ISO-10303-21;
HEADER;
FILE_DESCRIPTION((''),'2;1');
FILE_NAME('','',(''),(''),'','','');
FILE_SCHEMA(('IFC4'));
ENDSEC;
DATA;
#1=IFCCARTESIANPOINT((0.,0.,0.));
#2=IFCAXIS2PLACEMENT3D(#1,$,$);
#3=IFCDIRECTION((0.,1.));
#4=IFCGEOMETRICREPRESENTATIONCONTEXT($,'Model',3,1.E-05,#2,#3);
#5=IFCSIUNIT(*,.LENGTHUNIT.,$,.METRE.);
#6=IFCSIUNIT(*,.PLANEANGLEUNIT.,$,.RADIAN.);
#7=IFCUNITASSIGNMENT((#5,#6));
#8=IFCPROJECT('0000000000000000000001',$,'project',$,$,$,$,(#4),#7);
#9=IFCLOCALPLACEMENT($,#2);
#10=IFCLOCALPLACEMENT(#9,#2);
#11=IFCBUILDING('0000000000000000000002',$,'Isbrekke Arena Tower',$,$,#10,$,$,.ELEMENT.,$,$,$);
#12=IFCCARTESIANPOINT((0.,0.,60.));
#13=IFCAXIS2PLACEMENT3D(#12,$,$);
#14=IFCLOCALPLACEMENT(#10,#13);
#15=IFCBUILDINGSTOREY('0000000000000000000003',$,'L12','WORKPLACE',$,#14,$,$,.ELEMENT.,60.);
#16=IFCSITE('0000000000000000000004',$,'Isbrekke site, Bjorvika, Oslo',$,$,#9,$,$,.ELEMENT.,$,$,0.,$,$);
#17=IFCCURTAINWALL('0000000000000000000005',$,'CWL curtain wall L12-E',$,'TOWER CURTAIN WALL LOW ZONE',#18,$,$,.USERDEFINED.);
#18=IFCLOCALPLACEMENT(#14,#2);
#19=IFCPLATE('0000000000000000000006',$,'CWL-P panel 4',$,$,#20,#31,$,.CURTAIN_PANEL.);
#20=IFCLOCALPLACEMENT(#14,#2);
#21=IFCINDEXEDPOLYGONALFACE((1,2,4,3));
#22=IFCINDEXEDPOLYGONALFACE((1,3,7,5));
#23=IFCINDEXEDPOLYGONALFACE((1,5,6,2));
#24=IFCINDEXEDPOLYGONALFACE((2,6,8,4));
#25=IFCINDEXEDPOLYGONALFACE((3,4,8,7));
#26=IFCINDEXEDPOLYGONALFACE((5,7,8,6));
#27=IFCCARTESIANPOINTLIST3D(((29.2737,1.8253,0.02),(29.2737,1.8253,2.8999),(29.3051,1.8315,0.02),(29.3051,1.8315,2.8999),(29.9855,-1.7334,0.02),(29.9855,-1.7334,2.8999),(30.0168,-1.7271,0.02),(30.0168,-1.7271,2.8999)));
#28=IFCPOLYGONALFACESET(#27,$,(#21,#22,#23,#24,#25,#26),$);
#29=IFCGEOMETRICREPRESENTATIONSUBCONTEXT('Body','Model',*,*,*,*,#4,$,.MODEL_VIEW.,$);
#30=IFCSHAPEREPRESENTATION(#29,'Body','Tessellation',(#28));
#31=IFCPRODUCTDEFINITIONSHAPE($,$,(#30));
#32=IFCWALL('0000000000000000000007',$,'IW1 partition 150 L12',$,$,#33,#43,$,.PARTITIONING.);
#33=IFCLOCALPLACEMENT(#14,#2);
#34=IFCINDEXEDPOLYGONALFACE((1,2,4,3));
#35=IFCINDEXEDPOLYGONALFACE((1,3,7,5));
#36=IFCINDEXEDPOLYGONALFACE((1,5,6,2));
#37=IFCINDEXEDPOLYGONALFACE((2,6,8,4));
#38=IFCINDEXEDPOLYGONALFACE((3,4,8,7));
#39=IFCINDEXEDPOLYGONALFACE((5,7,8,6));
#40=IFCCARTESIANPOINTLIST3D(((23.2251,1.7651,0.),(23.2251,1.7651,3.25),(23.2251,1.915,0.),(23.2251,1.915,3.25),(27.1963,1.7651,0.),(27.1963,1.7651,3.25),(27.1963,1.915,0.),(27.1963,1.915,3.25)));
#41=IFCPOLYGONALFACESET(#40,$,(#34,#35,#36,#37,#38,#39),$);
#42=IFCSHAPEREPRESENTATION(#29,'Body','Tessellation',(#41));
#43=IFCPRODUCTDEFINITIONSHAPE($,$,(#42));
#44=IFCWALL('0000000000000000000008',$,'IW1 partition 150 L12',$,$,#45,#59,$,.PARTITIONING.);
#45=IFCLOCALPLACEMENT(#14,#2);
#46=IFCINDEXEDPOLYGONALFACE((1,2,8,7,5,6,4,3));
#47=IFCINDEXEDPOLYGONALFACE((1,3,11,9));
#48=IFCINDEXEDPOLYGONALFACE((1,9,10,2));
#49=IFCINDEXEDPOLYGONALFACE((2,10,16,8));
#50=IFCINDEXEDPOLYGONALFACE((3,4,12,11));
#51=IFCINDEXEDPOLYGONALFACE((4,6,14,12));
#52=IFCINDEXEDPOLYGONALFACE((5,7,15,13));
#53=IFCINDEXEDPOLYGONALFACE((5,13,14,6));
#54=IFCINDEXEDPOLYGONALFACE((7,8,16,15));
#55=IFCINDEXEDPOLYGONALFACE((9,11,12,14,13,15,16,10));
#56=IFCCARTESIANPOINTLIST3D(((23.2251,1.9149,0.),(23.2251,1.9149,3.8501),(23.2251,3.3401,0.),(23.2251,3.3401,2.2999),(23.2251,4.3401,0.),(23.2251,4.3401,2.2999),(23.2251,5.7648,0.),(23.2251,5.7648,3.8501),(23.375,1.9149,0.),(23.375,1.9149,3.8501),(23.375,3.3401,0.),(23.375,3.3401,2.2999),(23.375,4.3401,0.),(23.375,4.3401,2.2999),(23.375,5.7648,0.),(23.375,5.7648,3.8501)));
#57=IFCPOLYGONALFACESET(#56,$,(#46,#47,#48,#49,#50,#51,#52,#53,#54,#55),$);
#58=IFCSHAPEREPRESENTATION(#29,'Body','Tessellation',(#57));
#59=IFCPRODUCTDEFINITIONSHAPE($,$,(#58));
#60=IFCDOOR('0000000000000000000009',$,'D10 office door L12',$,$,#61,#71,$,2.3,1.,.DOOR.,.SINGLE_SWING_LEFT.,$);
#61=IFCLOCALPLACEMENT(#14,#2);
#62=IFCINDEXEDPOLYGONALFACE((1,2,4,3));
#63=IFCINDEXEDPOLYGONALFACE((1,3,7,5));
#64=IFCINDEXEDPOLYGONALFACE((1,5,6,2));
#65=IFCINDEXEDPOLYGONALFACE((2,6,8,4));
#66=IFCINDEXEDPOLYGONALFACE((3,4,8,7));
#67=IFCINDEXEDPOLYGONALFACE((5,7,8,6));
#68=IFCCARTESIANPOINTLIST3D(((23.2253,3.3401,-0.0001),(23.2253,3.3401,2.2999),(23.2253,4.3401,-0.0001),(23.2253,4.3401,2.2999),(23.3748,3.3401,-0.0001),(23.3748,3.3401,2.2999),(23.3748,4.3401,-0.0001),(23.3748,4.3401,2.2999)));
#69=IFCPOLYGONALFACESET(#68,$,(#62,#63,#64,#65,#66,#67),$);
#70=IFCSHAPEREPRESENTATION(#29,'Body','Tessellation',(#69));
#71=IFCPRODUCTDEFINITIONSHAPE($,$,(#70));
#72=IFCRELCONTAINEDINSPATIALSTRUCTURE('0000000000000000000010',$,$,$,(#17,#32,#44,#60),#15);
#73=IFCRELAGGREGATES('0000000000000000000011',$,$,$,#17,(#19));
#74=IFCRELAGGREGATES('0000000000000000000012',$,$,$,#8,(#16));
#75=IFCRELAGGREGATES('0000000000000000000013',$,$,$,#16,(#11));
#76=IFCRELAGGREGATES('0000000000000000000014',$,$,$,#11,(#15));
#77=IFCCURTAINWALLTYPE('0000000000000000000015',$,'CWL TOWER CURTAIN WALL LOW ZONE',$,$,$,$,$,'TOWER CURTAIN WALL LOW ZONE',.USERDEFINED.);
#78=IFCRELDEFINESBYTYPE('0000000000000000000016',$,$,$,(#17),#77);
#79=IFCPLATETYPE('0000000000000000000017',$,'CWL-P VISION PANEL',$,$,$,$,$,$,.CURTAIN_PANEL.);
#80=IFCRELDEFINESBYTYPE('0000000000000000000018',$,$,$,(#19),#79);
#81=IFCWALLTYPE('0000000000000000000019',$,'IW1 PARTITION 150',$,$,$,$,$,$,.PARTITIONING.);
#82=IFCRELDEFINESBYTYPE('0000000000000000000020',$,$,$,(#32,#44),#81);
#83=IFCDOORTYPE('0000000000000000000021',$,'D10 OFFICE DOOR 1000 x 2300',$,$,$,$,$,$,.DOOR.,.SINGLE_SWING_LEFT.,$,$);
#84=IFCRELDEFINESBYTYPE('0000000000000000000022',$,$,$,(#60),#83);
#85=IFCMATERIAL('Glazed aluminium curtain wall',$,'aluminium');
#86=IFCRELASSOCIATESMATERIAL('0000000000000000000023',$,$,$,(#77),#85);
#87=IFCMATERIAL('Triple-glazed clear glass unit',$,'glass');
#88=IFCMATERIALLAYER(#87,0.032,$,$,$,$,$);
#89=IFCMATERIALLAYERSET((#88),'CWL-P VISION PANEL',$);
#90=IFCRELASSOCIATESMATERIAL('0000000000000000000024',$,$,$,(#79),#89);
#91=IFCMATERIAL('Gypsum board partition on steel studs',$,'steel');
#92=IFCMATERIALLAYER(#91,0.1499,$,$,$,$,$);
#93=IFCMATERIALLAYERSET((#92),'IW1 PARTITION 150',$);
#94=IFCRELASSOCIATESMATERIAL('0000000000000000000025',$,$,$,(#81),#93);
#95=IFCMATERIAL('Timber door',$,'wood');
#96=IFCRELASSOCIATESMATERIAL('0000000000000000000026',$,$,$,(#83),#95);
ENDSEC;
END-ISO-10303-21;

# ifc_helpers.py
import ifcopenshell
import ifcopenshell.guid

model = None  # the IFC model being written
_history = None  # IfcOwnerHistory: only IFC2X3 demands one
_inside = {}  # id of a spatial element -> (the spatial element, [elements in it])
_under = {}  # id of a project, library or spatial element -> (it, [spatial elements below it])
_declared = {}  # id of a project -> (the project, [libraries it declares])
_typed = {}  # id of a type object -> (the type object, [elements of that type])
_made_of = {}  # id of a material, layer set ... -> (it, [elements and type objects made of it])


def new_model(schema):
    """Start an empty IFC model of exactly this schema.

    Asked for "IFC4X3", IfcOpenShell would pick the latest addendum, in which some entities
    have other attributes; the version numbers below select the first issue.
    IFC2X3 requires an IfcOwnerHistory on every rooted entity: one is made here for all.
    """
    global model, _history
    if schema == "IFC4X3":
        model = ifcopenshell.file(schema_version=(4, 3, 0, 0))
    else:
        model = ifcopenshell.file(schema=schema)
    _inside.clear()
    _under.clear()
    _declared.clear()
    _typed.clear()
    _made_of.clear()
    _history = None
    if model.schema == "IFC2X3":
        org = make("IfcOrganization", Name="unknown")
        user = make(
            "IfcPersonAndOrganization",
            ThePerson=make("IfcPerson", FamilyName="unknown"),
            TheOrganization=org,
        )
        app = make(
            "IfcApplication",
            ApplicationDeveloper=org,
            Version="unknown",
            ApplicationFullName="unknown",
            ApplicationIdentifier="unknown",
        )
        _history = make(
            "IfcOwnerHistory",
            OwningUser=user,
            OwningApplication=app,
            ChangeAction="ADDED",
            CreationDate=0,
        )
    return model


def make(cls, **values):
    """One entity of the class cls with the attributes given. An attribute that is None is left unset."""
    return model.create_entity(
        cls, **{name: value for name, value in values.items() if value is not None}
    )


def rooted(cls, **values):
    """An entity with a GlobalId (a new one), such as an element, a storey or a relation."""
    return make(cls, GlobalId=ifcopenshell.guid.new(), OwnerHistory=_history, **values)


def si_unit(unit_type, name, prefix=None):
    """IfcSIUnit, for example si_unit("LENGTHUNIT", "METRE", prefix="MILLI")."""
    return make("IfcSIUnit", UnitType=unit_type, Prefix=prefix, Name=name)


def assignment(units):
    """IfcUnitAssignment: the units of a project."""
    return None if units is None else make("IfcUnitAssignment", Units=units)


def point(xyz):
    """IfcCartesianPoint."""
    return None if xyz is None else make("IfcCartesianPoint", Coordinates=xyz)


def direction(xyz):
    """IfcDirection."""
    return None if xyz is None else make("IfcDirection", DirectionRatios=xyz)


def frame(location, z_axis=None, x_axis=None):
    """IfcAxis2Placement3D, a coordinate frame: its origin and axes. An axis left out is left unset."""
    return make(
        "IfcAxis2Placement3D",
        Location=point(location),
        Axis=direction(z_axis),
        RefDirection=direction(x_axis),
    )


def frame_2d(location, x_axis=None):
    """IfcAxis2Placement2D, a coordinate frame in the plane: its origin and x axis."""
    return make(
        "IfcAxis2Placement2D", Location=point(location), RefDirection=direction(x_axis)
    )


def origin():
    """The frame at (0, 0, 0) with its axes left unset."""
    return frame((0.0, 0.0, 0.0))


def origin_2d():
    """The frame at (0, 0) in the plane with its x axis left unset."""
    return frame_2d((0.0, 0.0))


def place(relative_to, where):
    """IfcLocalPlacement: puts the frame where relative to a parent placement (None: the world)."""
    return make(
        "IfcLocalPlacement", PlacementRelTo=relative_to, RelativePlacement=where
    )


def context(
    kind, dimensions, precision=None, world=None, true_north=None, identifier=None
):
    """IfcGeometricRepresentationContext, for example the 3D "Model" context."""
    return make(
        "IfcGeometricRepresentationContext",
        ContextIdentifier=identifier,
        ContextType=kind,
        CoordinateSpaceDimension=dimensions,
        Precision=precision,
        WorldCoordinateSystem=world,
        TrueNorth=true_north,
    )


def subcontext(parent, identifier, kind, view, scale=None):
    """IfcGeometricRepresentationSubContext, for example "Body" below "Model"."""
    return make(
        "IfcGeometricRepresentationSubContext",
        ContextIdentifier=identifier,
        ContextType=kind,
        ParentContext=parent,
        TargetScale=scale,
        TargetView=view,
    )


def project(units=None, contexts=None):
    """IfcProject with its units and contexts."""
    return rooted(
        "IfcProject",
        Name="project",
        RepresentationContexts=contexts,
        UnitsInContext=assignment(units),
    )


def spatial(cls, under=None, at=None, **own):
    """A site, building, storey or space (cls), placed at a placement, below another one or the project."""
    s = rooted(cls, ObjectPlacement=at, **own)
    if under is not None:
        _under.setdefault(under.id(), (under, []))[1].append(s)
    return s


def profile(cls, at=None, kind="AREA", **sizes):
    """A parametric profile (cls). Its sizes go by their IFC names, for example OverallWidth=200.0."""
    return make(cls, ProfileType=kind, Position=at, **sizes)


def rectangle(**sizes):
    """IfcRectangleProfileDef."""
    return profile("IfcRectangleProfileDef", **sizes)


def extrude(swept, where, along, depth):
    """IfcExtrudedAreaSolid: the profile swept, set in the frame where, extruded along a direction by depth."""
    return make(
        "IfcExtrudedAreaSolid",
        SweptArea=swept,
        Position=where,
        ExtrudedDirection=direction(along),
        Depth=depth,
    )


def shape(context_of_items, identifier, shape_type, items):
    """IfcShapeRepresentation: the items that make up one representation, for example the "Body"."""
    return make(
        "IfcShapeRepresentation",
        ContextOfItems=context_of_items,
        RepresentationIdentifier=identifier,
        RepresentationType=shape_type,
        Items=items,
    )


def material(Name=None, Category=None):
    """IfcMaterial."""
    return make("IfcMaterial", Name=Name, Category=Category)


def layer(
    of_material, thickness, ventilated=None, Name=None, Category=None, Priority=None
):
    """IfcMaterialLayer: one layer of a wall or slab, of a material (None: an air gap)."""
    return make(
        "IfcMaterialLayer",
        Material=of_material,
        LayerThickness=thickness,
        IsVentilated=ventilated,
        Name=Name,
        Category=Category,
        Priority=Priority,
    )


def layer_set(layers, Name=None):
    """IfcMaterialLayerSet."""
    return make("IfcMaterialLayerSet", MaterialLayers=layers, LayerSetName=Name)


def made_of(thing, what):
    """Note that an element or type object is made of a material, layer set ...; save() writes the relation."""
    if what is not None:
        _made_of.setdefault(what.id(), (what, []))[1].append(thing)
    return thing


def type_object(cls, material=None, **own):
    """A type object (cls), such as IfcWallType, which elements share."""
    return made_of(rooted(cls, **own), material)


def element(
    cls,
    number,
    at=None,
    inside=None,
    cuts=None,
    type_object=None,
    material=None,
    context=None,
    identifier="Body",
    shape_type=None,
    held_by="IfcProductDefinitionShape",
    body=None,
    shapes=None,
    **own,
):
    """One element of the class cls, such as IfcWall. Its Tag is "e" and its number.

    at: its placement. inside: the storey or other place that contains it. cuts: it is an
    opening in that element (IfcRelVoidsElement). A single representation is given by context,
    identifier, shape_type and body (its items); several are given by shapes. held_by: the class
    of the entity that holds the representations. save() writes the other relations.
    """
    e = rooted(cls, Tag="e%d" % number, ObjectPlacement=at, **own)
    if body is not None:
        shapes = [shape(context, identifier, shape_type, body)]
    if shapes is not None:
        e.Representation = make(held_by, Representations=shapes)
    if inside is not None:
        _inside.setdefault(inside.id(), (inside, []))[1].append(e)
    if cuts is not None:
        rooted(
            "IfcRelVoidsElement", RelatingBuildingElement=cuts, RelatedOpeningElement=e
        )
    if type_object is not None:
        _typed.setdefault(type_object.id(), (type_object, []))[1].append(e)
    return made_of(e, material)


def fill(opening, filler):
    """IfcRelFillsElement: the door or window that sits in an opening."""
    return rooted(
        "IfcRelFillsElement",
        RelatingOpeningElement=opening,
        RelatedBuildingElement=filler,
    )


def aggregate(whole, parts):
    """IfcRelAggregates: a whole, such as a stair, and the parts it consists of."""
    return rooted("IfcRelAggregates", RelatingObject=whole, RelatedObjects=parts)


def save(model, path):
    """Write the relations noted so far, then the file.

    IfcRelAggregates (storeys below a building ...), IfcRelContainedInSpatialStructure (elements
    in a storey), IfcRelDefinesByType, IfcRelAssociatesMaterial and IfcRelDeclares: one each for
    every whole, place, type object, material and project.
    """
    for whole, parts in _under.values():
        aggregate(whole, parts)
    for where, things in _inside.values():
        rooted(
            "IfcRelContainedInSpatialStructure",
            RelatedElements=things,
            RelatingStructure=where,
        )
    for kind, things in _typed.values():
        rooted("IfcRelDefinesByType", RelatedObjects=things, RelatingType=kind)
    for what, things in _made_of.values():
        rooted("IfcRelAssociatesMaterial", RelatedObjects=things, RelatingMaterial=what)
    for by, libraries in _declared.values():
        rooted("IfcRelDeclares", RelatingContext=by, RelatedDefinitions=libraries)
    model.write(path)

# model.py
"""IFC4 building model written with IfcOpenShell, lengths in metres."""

from ifc_helpers import new_model, si_unit, direction, frame, frame_2d, origin, origin_2d, place, context, subcontext, project, spatial, rectangle, extrude, material, layer, layer_set, type_object, element, fill, aggregate, save


model = new_model("IFC4")

# Units and contexts
model_context = context("Model", 3, precision=1e-05, world=origin(), true_north=direction((0.0, 1.0)))
body_context = subcontext(model_context, "Body", "Model", "MODEL_VIEW")
ifc_project = project(units=[si_unit("LENGTHUNIT", "METRE"), si_unit("PLANEANGLEUNIT", "RADIAN")], contexts=[model_context])

# Site, building, storey
site_placement = place(None, origin())
site = spatial("IfcSite", under=ifc_project, at=site_placement, Name="Isbrekke site, Bjorvika, Oslo", CompositionType="ELEMENT", RefElevation=0.0)
building_placement = place(site_placement, origin())
building = spatial("IfcBuilding", under=site, at=building_placement, Name="Isbrekke Arena Tower", CompositionType="ELEMENT")
storey_placement = place(building_placement, frame((0.0, 0.0, 60.0)))
storey = spatial("IfcBuildingStorey", under=building, at=storey_placement, Name="L12", Description="WORKPLACE", CompositionType="ELEMENT", Elevation=60.0)

# Curtain wall
ifc_material_1 = material(Name="Glazed aluminium curtain wall", Category="aluminium")
curtain_wall_type = type_object("IfcCurtainWallType", Name="CWL TOWER CURTAIN WALL LOW ZONE", ElementType="TOWER CURTAIN WALL LOW ZONE", PredefinedType="USERDEFINED", material=ifc_material_1)
curtain_wall_placement = place(storey_placement, origin())
curtain_wall = element("IfcCurtainWall", 1, at=curtain_wall_placement, inside=storey, type_object=curtain_wall_type, Name="CWL curtain wall L12-E", ObjectType="TOWER CURTAIN WALL LOW ZONE", PredefinedType="USERDEFINED")

# Plate
ifc_material_2 = material(Name="Triple-glazed clear glass unit", Category="glass")
ifc_layer_1 = layer(ifc_material_2, 0.032)
ifc_layer_set_1 = layer_set([ifc_layer_1], Name="CWL-P VISION PANEL")
plate_type = type_object("IfcPlateType", Name="CWL-P VISION PANEL", PredefinedType="CURTAIN_PANEL", material=ifc_layer_set_1)
plate_1_placement = place(storey_placement, frame((29.6453, 0.0491, 0.02), z_axis=(0.0, 0.0, 1.0), x_axis=(-0.196116, 0.980581, 0.0)))
plate_1 = element("IfcPlate", 2, at=plate_1_placement, type_object=plate_type, Name="CWL-P panel 4", PredefinedType="CURTAIN_PANEL", context=body_context, shape_type="SweptSolid", body=[
    extrude(rectangle(XDim=3.6292, YDim=0.032, at=origin_2d()), origin(), (0.0, 0.0, 1.0), 2.8799),
])
aggregate(curtain_wall, [plate_1])

# Wall
ifc_material_3 = material(Name="Gypsum board partition on steel studs", Category="steel")
ifc_layer_2 = layer(ifc_material_3, 0.1499)
ifc_layer_set_2 = layer_set([ifc_layer_2], Name="IW1 PARTITION 150")
wall_type = type_object("IfcWallType", Name="IW1 PARTITION 150", PredefinedType="PARTITIONING", material=ifc_layer_set_2)
wall_1_placement = place(storey_placement, frame((23.2251, 1.8401, 0.0), z_axis=(0.0, 0.0, 1.0), x_axis=(1.0, 0.0, 0.0)))
element("IfcWall", 3, at=wall_1_placement, inside=storey, type_object=wall_type, Name="IW1 partition 150 L12", PredefinedType="PARTITIONING", context=body_context, shape_type="SweptSolid", body=[
    extrude(rectangle(XDim=3.9712, YDim=0.1499, at=frame_2d((1.9856, 0.0))), origin(), (0.0, 0.0, 1.0), 3.25),
])

# Wall, opening, door
wall_2_placement = place(storey_placement, frame((23.3, 1.915, 0.0), z_axis=(0.0, 0.0, 1.0), x_axis=(0.0, 1.0, 0.0)))
wall_2 = element("IfcWall", 4, at=wall_2_placement, inside=storey, type_object=wall_type, Name="IW1 partition 150 L12", PredefinedType="PARTITIONING", context=body_context, shape_type="SweptSolid", body=[
    extrude(rectangle(XDim=3.8499, YDim=0.1499, at=frame_2d((1.9248, 0.0))), origin(), (0.0, 0.0, 1.0), 3.8501),
])
opening_placement = place(wall_2_placement, frame((1.425, 0.0, 0.0)))
opening = element("IfcOpeningElement", 5, at=opening_placement, cuts=wall_2, PredefinedType="OPENING", context=body_context, shape_type="SweptSolid", body=[
    extrude(rectangle(XDim=1.0, YDim=2.3, at=frame_2d((0.5, 1.1499))), frame((0.0, 0.0898, 0.0), z_axis=(0.0, -1.0, 0.0), x_axis=(1.0, 0.0, 0.0)), (0.0, 0.0, 1.0), 0.1797),
])
ifc_material_4 = material(Name="Timber door", Category="wood")
door_type = type_object("IfcDoorType", Name="D10 OFFICE DOOR 1000 x 2300", OperationType="SINGLE_SWING_LEFT", PredefinedType="DOOR", material=ifc_material_4)
door_placement = place(opening_placement, origin())
door = element("IfcDoor", 6, at=door_placement, inside=storey, type_object=door_type, Name="D10 office door L12", OperationType="SINGLE_SWING_LEFT", OverallHeight=2.3, OverallWidth=1.0, PredefinedType="DOOR", context=body_context, shape_type="SweptSolid", body=[
    extrude(rectangle(XDim=1.0, YDim=2.3, at=frame_2d((0.5, 1.1499))), frame((0.0, 0.0747, 0.0), z_axis=(0.0, -1.0, 0.0), x_axis=(1.0, 0.0, 0.0)), (0.0, 0.0, 1.0), 0.1494),
])
fill(opening, door)

save(model, "model.ifc")
